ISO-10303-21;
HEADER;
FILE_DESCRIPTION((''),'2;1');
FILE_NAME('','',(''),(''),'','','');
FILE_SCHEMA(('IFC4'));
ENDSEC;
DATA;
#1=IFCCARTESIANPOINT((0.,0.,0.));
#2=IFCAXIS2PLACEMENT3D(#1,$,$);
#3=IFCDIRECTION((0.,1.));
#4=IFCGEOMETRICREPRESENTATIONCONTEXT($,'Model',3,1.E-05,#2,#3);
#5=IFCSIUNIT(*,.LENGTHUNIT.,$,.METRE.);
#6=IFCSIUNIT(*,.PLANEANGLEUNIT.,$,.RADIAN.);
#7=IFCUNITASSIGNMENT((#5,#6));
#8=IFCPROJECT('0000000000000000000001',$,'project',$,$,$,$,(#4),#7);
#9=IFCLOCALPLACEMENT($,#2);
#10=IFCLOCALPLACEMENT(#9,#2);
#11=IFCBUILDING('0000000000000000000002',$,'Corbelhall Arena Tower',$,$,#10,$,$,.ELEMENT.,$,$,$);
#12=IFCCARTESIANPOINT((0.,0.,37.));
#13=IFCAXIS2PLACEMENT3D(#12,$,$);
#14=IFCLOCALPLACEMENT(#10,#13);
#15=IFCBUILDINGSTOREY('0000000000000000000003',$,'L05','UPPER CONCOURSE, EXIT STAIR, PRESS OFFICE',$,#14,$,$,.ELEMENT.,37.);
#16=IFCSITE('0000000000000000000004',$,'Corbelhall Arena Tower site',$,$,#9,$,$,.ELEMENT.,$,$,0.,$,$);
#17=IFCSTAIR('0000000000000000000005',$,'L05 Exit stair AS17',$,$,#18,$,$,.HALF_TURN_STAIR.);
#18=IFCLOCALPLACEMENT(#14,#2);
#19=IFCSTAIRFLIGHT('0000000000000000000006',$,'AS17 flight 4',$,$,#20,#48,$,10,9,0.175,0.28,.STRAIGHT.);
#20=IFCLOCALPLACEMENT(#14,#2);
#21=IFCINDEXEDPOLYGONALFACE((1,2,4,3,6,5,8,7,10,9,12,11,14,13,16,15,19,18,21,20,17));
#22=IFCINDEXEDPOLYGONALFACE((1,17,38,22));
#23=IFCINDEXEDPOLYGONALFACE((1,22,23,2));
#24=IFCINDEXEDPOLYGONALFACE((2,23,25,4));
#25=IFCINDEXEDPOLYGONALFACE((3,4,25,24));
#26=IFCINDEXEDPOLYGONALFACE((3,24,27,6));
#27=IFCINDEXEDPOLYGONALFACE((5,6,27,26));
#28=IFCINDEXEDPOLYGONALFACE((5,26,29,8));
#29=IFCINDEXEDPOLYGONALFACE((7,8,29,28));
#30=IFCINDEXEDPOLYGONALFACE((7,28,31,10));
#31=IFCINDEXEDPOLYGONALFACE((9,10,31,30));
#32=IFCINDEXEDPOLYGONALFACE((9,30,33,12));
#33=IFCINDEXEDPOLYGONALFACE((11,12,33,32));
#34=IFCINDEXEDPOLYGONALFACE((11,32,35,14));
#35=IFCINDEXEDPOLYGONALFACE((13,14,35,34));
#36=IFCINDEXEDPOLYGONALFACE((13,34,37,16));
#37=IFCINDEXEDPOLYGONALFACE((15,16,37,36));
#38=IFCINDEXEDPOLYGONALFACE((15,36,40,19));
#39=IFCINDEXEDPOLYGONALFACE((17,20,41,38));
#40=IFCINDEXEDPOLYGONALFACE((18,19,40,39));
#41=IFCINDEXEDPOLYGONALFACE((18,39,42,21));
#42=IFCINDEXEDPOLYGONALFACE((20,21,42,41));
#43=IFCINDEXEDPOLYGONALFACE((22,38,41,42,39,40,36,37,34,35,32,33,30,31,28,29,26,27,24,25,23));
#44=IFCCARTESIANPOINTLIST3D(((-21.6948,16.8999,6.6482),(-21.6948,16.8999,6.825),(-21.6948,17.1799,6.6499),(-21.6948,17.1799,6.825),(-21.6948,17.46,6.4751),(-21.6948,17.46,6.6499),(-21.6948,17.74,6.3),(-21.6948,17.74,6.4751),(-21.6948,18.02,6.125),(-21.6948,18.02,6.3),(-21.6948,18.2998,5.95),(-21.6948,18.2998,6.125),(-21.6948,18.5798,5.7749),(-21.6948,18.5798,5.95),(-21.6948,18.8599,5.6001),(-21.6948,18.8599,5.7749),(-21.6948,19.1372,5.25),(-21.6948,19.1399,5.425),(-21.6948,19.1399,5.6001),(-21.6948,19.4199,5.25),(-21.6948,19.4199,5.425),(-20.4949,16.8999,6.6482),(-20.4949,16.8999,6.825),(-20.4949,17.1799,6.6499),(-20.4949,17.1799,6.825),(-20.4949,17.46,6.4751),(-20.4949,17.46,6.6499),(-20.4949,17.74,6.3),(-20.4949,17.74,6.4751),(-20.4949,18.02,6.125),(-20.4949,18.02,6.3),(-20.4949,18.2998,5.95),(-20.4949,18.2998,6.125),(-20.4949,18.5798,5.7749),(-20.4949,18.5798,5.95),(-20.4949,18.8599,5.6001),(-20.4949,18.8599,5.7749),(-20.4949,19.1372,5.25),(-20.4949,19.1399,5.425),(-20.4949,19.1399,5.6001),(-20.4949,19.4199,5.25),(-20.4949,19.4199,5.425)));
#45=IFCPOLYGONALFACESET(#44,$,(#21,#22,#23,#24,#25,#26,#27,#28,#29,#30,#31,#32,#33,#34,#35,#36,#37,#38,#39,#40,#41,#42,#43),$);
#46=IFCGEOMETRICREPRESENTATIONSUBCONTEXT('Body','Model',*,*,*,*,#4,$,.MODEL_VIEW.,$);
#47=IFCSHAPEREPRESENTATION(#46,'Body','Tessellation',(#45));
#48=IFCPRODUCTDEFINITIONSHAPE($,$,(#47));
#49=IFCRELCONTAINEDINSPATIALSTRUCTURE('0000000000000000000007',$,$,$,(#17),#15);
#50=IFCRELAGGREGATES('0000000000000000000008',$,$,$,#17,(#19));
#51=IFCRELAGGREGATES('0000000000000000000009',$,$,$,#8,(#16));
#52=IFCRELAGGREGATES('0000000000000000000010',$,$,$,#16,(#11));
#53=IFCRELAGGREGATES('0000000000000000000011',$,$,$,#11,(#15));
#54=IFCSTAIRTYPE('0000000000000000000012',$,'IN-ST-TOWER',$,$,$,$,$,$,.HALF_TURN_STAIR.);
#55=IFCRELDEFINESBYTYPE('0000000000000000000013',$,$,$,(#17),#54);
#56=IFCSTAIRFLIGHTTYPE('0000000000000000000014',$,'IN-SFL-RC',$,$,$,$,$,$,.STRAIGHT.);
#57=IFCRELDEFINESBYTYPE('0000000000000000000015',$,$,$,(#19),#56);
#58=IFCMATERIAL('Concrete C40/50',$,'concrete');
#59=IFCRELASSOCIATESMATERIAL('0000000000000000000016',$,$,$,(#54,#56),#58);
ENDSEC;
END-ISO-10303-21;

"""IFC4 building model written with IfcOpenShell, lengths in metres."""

from ifc_helpers import new_model, si_unit, direction, frame, origin, place, context, subcontext, project, spatial, polyline, outline, extrude, material, type_object, element, aggregate, save


model = new_model("IFC4")

# Units and contexts
model_context = context("Model", 3, precision=1e-05, world=origin(), true_north=direction((0.0, 1.0)))
body_context = subcontext(model_context, "Body", "Model", "MODEL_VIEW")
ifc_project = project(units=[si_unit("LENGTHUNIT", "METRE"), si_unit("PLANEANGLEUNIT", "RADIAN")], contexts=[model_context])

# Site, building, storey
site_placement = place(None, origin())
site = spatial("IfcSite", under=ifc_project, at=site_placement, Name="Corbelhall Arena Tower site", CompositionType="ELEMENT", RefElevation=0.0)
building_placement = place(site_placement, origin())
building = spatial("IfcBuilding", under=site, at=building_placement, Name="Corbelhall Arena Tower", CompositionType="ELEMENT")
storey_placement = place(building_placement, frame((0.0, 0.0, 37.0)))
storey = spatial("IfcBuildingStorey", under=building, at=storey_placement, Name="L05", Description="UPPER CONCOURSE, EXIT STAIR, PRESS OFFICE", CompositionType="ELEMENT", Elevation=37.0)

# Shared definitions
ifc_material_1 = material(Name="Concrete C40/50", Category="concrete")

# Stair, stair flight
stair_type = type_object("IfcStairType", Name="IN-ST-TOWER", PredefinedType="HALF_TURN_STAIR", material=ifc_material_1)
stair_placement = place(storey_placement, origin())
stair = element("IfcStair", 1, at=stair_placement, inside=storey, type_object=stair_type, Name="L05 Exit stair AS17", PredefinedType="HALF_TURN_STAIR")
stair_flight_type = type_object("IfcStairFlightType", Name="IN-SFL-RC", PredefinedType="STRAIGHT", material=ifc_material_1)
stair_flight_1_placement = place(storey_placement, frame((-21.095, 19.4199, 5.25), z_axis=(0.0, 0.0, 1.0), x_axis=(0.0, -1.0, 0.0)))
stair_flight_1 = element("IfcStairFlight", 2, at=stair_flight_1_placement, type_object=stair_flight_type, Name="AS17 flight 4", NumberOfRisers=10, NumberOfTreads=9, PredefinedType="STRAIGHT", RiserHeight=0.175, TreadLength=0.28, context=body_context, shape_type="SweptSolid", body=[
    extrude(outline(polyline([(0.0, 0.0), (0.0, 0.175), (0.28, 0.175), (0.28, 0.3501), (0.5601, 0.3501), (0.5601, 0.5249), (0.8401, 0.5249), (0.8401, 0.7), (1.1201, 0.7), (1.1201, 0.875), (1.3999, 0.875), (1.3999, 1.05), (1.6799, 1.05), (1.6799, 1.2251), (1.96, 1.2251), (1.96, 1.3999), (2.24, 1.3999), (2.24, 1.575), (2.52, 1.575), (2.52, 1.75), (2.52, 1.3982), (0.2827, 0.0), (0.0, 0.0)])), frame((0.0, 0.6001, 0.0), z_axis=(0.0, -1.0, 0.0), x_axis=(1.0, 0.0, 0.0)), (0.0, 0.0, 1.0), 1.2),
])
aggregate(stair, [stair_flight_1])

save(model, "model.ifc")
